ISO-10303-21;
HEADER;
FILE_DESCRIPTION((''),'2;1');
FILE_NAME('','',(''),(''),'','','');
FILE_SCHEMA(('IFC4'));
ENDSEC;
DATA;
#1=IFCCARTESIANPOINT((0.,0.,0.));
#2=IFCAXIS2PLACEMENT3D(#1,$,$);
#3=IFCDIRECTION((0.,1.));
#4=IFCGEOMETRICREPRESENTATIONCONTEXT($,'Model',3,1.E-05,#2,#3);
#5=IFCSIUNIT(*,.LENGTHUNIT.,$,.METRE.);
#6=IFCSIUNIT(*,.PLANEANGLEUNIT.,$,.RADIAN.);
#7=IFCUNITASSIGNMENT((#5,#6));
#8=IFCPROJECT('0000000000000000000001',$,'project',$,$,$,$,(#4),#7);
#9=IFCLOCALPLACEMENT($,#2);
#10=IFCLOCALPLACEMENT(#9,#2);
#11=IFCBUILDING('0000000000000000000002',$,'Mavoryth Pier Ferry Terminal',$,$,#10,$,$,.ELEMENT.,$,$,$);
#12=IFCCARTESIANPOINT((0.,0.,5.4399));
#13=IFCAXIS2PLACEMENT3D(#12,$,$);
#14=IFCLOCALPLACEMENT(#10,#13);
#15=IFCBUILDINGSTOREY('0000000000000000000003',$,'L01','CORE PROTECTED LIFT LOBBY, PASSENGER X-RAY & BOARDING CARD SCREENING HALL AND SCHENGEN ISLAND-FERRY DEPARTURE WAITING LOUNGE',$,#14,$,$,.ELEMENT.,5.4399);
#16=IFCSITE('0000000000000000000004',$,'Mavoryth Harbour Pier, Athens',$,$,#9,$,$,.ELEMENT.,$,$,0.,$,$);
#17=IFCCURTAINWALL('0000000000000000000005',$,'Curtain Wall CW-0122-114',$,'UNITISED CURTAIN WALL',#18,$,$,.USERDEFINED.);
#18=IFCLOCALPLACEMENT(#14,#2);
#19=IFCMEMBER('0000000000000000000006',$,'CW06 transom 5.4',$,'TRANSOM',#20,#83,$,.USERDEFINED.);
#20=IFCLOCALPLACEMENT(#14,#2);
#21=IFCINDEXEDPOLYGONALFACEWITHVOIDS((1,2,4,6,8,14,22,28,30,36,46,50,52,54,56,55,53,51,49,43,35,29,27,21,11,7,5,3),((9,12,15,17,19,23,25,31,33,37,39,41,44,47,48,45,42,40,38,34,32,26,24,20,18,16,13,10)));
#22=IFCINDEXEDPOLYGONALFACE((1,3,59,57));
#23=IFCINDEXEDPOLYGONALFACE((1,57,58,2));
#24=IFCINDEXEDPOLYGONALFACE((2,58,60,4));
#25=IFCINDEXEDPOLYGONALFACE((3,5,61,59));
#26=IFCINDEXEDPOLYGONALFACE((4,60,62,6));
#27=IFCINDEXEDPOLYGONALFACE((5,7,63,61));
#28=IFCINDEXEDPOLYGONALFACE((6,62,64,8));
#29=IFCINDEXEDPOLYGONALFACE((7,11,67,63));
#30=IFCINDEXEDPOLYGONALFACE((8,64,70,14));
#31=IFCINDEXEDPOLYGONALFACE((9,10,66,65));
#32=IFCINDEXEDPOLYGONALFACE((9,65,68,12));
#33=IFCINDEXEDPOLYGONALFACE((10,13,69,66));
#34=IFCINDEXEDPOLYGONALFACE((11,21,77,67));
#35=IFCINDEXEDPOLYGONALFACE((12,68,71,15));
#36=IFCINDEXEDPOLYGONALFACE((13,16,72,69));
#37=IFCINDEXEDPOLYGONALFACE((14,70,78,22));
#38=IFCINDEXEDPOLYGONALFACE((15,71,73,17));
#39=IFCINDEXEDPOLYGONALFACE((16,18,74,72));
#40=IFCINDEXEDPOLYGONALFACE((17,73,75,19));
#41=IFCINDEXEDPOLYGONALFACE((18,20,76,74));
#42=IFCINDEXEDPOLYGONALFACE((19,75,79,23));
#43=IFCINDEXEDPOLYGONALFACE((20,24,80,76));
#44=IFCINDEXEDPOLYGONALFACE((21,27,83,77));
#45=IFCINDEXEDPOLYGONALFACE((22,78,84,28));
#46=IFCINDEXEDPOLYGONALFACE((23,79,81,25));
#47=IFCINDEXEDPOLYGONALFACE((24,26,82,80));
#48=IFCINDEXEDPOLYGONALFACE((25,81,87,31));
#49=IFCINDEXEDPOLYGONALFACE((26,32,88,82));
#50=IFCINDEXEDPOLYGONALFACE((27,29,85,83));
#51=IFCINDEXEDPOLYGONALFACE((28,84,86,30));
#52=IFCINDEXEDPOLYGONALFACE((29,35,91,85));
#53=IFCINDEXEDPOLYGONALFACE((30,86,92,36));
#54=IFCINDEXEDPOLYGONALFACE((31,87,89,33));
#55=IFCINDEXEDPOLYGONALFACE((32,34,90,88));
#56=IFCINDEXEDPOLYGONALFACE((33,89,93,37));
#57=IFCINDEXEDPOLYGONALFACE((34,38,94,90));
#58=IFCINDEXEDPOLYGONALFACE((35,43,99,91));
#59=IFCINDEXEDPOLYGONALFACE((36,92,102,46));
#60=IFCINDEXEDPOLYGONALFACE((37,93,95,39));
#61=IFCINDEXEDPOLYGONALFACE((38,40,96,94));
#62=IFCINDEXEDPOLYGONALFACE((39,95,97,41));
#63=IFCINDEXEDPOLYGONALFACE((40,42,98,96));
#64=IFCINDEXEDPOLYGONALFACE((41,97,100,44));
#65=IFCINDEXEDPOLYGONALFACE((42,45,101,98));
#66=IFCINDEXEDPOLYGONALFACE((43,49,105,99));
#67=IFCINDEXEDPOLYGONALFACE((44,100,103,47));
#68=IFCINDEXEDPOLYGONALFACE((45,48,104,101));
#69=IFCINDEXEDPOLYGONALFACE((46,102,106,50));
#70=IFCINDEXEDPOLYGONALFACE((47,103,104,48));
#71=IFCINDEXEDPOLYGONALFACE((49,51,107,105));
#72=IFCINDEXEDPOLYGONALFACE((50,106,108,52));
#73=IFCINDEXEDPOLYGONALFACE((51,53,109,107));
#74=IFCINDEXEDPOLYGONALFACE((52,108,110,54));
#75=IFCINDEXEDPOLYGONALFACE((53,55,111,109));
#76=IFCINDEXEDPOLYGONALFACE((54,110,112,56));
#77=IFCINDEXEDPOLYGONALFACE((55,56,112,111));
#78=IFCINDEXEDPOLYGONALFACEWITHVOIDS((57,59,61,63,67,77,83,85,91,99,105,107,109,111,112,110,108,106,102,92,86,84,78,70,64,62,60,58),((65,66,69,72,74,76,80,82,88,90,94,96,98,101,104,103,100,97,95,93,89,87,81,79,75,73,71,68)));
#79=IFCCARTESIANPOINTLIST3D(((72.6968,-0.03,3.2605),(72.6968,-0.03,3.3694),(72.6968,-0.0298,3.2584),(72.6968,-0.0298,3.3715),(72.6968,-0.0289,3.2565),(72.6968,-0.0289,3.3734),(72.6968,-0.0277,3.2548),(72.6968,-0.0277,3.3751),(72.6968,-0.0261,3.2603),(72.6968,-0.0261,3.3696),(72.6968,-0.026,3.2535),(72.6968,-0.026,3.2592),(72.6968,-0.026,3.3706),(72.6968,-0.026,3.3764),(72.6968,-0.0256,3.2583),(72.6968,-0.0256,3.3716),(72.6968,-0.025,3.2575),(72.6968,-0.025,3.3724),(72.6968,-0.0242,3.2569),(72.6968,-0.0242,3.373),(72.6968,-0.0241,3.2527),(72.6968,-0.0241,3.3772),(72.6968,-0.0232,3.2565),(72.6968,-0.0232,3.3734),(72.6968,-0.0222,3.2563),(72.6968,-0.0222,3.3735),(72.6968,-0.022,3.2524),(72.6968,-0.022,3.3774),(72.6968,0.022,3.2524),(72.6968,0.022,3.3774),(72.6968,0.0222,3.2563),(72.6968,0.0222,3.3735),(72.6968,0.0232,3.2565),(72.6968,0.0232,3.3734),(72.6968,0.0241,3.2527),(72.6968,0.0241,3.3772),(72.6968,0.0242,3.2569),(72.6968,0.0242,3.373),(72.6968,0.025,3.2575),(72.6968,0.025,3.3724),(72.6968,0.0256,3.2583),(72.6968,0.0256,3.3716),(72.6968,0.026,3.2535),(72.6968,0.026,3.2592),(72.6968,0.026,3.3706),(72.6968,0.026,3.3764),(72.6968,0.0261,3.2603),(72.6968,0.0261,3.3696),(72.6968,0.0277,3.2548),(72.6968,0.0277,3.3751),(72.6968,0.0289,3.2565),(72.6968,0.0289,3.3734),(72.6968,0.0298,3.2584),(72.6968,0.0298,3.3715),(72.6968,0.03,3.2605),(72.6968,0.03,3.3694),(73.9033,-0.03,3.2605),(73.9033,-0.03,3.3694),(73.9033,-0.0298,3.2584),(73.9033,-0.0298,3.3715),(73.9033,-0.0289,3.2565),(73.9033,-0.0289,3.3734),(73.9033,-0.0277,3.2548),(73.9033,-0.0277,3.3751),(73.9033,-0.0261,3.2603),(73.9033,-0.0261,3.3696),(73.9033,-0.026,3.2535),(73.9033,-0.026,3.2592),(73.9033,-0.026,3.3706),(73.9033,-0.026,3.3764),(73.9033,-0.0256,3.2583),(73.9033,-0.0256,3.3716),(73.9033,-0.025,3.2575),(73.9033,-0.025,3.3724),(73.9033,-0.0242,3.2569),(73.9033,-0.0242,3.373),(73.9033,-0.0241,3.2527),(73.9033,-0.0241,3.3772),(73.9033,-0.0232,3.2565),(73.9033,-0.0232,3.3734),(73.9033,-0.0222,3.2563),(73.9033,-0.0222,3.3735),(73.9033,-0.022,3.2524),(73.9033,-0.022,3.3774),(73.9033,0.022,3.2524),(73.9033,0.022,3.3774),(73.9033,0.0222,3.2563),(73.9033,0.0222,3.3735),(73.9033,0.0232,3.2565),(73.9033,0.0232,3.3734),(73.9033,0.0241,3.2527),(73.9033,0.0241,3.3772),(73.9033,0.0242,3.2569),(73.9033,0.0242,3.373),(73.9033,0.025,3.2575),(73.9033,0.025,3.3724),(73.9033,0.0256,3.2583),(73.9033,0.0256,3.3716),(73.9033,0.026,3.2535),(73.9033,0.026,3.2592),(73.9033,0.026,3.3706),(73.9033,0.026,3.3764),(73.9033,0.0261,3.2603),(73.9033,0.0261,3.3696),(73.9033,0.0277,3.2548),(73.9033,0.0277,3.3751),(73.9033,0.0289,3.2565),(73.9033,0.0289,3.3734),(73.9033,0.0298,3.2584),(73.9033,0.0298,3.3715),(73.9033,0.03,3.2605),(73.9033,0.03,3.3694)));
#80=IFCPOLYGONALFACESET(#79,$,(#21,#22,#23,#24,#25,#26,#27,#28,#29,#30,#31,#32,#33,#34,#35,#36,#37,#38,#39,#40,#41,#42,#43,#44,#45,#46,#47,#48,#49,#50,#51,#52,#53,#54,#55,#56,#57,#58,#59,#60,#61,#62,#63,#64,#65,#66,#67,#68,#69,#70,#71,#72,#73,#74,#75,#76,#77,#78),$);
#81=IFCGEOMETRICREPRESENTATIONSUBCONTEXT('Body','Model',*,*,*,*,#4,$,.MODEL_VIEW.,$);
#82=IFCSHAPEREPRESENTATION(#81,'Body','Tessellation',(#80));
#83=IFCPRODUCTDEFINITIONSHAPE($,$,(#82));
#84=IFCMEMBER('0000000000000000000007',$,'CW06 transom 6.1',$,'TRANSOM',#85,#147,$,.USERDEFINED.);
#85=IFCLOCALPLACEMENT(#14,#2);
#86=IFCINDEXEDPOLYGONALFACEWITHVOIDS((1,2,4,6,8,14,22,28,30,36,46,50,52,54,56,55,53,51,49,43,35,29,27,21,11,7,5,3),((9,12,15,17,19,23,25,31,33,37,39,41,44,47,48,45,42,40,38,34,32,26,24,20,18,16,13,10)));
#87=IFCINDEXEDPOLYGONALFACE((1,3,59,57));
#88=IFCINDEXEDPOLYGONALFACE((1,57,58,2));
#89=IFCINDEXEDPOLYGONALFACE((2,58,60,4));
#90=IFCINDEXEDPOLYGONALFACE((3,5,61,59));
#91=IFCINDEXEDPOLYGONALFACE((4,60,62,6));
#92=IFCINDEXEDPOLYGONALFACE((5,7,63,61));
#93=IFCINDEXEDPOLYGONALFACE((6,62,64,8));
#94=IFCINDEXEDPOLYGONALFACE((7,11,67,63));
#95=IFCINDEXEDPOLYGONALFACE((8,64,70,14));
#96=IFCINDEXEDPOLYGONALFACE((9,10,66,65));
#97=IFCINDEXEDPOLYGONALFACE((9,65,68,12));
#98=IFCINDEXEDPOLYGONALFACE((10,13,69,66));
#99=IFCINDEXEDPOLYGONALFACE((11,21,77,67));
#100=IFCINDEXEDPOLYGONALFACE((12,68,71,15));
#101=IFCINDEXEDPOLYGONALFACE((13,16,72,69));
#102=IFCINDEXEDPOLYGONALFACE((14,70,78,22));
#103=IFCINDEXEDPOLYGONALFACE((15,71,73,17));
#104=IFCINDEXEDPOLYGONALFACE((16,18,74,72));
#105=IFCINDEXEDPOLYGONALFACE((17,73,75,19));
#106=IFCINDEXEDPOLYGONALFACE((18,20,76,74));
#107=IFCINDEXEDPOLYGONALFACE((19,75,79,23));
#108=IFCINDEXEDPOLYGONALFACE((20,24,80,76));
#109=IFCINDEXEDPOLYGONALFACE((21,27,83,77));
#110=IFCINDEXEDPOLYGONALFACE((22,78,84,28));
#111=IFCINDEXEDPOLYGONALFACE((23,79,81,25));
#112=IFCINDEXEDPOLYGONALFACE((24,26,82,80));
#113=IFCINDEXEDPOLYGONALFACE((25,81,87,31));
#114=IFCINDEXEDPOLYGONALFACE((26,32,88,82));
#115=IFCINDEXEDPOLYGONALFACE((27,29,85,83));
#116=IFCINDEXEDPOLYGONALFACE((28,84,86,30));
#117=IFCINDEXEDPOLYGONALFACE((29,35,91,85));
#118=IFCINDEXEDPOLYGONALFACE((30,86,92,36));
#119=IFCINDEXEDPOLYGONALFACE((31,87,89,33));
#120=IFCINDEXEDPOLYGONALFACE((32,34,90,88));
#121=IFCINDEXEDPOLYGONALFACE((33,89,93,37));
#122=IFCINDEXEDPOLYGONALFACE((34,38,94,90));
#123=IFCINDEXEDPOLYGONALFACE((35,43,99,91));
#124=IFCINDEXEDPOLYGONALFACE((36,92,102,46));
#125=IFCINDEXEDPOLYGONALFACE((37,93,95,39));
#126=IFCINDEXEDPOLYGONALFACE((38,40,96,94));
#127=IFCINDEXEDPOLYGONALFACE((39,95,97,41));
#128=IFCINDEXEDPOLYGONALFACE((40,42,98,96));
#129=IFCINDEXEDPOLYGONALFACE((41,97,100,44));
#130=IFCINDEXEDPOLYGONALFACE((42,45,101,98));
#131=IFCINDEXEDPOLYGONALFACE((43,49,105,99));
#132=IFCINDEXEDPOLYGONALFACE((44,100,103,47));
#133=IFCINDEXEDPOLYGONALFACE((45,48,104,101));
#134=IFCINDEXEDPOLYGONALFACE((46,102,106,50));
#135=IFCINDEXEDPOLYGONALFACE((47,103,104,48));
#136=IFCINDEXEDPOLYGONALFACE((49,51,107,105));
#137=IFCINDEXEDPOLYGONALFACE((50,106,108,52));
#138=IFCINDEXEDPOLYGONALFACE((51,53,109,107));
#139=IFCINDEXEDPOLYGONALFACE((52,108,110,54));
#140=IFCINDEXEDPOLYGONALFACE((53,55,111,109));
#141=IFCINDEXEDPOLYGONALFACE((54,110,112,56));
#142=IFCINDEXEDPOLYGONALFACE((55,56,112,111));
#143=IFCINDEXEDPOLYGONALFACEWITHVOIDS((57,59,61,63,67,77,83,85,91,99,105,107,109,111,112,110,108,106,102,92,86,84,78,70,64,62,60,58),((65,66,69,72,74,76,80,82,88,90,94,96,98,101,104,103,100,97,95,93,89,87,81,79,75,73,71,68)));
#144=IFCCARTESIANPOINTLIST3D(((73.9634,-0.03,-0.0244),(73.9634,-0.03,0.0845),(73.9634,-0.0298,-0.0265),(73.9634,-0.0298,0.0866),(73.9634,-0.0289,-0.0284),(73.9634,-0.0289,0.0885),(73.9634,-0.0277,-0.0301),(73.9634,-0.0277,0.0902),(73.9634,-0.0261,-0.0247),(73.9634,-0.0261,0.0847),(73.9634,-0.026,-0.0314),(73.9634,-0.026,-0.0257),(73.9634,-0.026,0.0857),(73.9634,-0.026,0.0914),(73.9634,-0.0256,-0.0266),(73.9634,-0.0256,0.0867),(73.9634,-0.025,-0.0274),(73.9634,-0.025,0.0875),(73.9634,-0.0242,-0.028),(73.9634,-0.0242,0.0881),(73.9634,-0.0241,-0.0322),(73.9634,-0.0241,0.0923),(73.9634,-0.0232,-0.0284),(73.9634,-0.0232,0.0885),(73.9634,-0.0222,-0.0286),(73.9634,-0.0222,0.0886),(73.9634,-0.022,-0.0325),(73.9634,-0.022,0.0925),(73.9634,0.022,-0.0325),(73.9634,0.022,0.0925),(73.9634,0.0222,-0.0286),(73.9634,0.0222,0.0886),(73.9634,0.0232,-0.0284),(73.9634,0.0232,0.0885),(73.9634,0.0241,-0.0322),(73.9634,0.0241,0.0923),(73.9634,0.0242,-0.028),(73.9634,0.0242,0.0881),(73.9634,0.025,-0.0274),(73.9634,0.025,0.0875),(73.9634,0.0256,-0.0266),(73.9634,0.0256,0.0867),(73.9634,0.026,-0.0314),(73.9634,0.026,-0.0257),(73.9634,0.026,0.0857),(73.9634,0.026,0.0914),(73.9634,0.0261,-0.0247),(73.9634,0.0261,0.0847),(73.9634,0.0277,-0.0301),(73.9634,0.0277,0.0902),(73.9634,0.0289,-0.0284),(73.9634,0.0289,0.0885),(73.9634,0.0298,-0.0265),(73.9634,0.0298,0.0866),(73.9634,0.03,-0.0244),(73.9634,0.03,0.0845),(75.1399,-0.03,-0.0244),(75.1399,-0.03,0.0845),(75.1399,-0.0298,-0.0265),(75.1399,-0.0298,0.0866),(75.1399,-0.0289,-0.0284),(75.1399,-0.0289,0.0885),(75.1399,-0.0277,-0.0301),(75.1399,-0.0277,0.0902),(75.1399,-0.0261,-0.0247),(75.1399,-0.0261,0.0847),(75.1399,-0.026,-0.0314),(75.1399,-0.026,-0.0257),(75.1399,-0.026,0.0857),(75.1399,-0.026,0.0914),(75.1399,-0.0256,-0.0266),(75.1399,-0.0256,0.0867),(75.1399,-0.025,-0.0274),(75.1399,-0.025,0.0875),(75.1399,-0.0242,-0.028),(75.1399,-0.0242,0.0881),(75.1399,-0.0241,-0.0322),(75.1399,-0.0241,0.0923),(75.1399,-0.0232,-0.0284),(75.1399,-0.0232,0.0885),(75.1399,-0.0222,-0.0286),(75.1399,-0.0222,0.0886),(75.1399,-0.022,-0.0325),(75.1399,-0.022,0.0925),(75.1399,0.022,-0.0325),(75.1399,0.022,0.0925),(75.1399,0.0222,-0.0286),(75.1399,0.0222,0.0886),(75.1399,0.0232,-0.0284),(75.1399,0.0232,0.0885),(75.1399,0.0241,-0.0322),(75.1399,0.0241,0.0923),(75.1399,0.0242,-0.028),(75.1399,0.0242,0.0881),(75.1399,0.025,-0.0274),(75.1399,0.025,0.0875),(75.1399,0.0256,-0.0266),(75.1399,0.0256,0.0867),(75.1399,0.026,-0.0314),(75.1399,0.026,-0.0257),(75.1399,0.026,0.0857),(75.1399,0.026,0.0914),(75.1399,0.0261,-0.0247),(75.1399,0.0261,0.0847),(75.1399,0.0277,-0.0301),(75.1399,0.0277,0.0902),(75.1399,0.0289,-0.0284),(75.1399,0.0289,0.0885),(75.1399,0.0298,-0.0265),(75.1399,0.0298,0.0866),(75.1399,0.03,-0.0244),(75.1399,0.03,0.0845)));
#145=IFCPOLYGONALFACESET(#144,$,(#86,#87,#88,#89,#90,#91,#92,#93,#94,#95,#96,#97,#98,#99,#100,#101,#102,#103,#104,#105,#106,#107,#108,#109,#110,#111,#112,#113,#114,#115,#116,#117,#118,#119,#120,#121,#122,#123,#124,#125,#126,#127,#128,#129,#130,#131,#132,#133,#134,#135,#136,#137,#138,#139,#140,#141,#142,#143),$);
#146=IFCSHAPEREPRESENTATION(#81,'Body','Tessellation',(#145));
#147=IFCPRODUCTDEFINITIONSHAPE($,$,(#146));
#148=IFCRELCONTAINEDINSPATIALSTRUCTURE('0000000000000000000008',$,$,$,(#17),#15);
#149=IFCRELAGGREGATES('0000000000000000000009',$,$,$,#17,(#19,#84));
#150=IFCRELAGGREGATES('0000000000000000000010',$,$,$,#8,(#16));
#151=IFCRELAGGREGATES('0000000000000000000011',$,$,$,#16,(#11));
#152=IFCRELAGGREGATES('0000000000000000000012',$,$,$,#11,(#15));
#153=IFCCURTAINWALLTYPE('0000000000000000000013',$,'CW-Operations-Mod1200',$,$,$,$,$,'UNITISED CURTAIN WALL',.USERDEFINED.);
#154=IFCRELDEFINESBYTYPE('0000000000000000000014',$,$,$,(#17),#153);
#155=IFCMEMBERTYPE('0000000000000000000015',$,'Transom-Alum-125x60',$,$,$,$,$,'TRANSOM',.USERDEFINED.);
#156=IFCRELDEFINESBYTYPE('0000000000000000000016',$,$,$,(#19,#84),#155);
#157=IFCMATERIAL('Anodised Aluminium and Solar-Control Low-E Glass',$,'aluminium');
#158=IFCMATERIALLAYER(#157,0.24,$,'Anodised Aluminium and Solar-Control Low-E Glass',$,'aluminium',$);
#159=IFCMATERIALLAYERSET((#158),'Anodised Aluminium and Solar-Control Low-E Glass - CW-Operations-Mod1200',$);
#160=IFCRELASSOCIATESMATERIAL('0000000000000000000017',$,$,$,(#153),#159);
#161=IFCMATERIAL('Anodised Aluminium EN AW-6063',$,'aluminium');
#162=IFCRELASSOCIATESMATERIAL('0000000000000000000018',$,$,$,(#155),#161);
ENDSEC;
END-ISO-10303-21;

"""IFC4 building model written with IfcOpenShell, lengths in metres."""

from ifc_helpers import new_model, si_unit, direction, frame, origin, origin_2d, place, context, subcontext, project, spatial, hollow_rectangle, extrude, material, layer, layer_set, material_profile, profile_set, type_object, element, aggregate, save


model = new_model("IFC4")

# Units and contexts
model_context = context("Model", 3, precision=1e-05, world=origin(), true_north=direction((0.0, 1.0)))
body_context = subcontext(model_context, "Body", "Model", "MODEL_VIEW")
ifc_project = project(units=[si_unit("LENGTHUNIT", "METRE"), si_unit("PLANEANGLEUNIT", "RADIAN")], contexts=[model_context])

# Site, building, storey
site_placement = place(None, origin())
site = spatial("IfcSite", under=ifc_project, at=site_placement, Name="Mavoryth Harbour Pier, Athens", CompositionType="ELEMENT", RefElevation=0.0)
building_placement = place(site_placement, origin())
building = spatial("IfcBuilding", under=site, at=building_placement, Name="Mavoryth Pier Ferry Terminal", CompositionType="ELEMENT")
storey_placement = place(building_placement, frame((0.0, 0.0, 5.4399)))
storey = spatial("IfcBuildingStorey", under=building, at=storey_placement, Name="L01", Description="CORE PROTECTED LIFT LOBBY, PASSENGER X-RAY & BOARDING CARD SCREENING HALL AND SCHENGEN ISLAND-FERRY DEPARTURE WAITING LOUNGE", CompositionType="ELEMENT", Elevation=5.4399)

# Curtain wall
ifc_material_1 = material(Name="Anodised Aluminium and Solar-Control Low-E Glass", Category="aluminium")
ifc_layer_1 = layer(ifc_material_1, 0.24, Name="Anodised Aluminium and Solar-Control Low-E Glass", Category="aluminium")
ifc_layer_set_1 = layer_set([ifc_layer_1], Name="Anodised Aluminium and Solar-Control Low-E Glass - CW-Operations-Mod1200")
curtain_wall_type = type_object("IfcCurtainWallType", Name="CW-Operations-Mod1200", ElementType="UNITISED CURTAIN WALL", PredefinedType="USERDEFINED", material=ifc_layer_set_1)
curtain_wall_1_placement = place(storey_placement, origin())
curtain_wall_1 = element("IfcCurtainWall", 1, at=curtain_wall_1_placement, inside=storey, type_object=curtain_wall_type, Name="Curtain Wall CW-0122-114", ObjectType="UNITISED CURTAIN WALL", PredefinedType="USERDEFINED")
ifc_material_2 = material(Name="Anodised Aluminium EN AW-6063", Category="aluminium")

# Members
ifc_material_profile_1 = material_profile(ifc_material_2, hollow_rectangle(XDim=0.0601, YDim=0.125, WallThickness=0.0039, InnerFilletRadius=0.0039, OuterFilletRadius=0.0081, at=origin_2d()), Name="AL-TRAN 125x60x4", Category="aluminium")
ifc_profile_set_1 = profile_set([ifc_material_profile_1], Name="Anodised Aluminium EN AW-6063 - AL-TRAN 125x60x4")
member_type_1 = type_object("IfcMemberType", Name="Transom-Alum-125x60", ElementType="TRANSOM", PredefinedType="USERDEFINED", material=ifc_profile_set_1)
member_1_placement = place(storey_placement, frame((72.6968, 0.0, 3.3149), z_axis=(1.0, 0.0, 0.0), x_axis=(0.0, 1.0, 0.0)))
member_1 = element("IfcMember", 2, at=member_1_placement, type_object=member_type_1, Name="CW06 transom 5.4", ObjectType="TRANSOM", PredefinedType="USERDEFINED", context=body_context, shape_type="SweptSolid", body=[
    extrude(hollow_rectangle(XDim=0.0601, YDim=0.125, WallThickness=0.0039, InnerFilletRadius=0.0039, OuterFilletRadius=0.0081, at=origin_2d()), origin(), (0.0, 0.0, 1.0), 1.2065),
])
member_2_placement = place(storey_placement, frame((73.9634, 0.0, 0.03), z_axis=(1.0, 0.0, 0.0), x_axis=(0.0, 1.0, 0.0)))
member_2 = element("IfcMember", 3, at=member_2_placement, type_object=member_type_1, Name="CW06 transom 6.1", ObjectType="TRANSOM", PredefinedType="USERDEFINED", context=body_context, shape_type="SweptSolid", body=[
    extrude(hollow_rectangle(XDim=0.0601, YDim=0.125, WallThickness=0.0039, InnerFilletRadius=0.0039, OuterFilletRadius=0.0081, at=origin_2d()), origin(), (0.0, 0.0, 1.0), 1.1765),
])

aggregate(curtain_wall_1, [member_1, member_2])

save(model, "model.ifc")
